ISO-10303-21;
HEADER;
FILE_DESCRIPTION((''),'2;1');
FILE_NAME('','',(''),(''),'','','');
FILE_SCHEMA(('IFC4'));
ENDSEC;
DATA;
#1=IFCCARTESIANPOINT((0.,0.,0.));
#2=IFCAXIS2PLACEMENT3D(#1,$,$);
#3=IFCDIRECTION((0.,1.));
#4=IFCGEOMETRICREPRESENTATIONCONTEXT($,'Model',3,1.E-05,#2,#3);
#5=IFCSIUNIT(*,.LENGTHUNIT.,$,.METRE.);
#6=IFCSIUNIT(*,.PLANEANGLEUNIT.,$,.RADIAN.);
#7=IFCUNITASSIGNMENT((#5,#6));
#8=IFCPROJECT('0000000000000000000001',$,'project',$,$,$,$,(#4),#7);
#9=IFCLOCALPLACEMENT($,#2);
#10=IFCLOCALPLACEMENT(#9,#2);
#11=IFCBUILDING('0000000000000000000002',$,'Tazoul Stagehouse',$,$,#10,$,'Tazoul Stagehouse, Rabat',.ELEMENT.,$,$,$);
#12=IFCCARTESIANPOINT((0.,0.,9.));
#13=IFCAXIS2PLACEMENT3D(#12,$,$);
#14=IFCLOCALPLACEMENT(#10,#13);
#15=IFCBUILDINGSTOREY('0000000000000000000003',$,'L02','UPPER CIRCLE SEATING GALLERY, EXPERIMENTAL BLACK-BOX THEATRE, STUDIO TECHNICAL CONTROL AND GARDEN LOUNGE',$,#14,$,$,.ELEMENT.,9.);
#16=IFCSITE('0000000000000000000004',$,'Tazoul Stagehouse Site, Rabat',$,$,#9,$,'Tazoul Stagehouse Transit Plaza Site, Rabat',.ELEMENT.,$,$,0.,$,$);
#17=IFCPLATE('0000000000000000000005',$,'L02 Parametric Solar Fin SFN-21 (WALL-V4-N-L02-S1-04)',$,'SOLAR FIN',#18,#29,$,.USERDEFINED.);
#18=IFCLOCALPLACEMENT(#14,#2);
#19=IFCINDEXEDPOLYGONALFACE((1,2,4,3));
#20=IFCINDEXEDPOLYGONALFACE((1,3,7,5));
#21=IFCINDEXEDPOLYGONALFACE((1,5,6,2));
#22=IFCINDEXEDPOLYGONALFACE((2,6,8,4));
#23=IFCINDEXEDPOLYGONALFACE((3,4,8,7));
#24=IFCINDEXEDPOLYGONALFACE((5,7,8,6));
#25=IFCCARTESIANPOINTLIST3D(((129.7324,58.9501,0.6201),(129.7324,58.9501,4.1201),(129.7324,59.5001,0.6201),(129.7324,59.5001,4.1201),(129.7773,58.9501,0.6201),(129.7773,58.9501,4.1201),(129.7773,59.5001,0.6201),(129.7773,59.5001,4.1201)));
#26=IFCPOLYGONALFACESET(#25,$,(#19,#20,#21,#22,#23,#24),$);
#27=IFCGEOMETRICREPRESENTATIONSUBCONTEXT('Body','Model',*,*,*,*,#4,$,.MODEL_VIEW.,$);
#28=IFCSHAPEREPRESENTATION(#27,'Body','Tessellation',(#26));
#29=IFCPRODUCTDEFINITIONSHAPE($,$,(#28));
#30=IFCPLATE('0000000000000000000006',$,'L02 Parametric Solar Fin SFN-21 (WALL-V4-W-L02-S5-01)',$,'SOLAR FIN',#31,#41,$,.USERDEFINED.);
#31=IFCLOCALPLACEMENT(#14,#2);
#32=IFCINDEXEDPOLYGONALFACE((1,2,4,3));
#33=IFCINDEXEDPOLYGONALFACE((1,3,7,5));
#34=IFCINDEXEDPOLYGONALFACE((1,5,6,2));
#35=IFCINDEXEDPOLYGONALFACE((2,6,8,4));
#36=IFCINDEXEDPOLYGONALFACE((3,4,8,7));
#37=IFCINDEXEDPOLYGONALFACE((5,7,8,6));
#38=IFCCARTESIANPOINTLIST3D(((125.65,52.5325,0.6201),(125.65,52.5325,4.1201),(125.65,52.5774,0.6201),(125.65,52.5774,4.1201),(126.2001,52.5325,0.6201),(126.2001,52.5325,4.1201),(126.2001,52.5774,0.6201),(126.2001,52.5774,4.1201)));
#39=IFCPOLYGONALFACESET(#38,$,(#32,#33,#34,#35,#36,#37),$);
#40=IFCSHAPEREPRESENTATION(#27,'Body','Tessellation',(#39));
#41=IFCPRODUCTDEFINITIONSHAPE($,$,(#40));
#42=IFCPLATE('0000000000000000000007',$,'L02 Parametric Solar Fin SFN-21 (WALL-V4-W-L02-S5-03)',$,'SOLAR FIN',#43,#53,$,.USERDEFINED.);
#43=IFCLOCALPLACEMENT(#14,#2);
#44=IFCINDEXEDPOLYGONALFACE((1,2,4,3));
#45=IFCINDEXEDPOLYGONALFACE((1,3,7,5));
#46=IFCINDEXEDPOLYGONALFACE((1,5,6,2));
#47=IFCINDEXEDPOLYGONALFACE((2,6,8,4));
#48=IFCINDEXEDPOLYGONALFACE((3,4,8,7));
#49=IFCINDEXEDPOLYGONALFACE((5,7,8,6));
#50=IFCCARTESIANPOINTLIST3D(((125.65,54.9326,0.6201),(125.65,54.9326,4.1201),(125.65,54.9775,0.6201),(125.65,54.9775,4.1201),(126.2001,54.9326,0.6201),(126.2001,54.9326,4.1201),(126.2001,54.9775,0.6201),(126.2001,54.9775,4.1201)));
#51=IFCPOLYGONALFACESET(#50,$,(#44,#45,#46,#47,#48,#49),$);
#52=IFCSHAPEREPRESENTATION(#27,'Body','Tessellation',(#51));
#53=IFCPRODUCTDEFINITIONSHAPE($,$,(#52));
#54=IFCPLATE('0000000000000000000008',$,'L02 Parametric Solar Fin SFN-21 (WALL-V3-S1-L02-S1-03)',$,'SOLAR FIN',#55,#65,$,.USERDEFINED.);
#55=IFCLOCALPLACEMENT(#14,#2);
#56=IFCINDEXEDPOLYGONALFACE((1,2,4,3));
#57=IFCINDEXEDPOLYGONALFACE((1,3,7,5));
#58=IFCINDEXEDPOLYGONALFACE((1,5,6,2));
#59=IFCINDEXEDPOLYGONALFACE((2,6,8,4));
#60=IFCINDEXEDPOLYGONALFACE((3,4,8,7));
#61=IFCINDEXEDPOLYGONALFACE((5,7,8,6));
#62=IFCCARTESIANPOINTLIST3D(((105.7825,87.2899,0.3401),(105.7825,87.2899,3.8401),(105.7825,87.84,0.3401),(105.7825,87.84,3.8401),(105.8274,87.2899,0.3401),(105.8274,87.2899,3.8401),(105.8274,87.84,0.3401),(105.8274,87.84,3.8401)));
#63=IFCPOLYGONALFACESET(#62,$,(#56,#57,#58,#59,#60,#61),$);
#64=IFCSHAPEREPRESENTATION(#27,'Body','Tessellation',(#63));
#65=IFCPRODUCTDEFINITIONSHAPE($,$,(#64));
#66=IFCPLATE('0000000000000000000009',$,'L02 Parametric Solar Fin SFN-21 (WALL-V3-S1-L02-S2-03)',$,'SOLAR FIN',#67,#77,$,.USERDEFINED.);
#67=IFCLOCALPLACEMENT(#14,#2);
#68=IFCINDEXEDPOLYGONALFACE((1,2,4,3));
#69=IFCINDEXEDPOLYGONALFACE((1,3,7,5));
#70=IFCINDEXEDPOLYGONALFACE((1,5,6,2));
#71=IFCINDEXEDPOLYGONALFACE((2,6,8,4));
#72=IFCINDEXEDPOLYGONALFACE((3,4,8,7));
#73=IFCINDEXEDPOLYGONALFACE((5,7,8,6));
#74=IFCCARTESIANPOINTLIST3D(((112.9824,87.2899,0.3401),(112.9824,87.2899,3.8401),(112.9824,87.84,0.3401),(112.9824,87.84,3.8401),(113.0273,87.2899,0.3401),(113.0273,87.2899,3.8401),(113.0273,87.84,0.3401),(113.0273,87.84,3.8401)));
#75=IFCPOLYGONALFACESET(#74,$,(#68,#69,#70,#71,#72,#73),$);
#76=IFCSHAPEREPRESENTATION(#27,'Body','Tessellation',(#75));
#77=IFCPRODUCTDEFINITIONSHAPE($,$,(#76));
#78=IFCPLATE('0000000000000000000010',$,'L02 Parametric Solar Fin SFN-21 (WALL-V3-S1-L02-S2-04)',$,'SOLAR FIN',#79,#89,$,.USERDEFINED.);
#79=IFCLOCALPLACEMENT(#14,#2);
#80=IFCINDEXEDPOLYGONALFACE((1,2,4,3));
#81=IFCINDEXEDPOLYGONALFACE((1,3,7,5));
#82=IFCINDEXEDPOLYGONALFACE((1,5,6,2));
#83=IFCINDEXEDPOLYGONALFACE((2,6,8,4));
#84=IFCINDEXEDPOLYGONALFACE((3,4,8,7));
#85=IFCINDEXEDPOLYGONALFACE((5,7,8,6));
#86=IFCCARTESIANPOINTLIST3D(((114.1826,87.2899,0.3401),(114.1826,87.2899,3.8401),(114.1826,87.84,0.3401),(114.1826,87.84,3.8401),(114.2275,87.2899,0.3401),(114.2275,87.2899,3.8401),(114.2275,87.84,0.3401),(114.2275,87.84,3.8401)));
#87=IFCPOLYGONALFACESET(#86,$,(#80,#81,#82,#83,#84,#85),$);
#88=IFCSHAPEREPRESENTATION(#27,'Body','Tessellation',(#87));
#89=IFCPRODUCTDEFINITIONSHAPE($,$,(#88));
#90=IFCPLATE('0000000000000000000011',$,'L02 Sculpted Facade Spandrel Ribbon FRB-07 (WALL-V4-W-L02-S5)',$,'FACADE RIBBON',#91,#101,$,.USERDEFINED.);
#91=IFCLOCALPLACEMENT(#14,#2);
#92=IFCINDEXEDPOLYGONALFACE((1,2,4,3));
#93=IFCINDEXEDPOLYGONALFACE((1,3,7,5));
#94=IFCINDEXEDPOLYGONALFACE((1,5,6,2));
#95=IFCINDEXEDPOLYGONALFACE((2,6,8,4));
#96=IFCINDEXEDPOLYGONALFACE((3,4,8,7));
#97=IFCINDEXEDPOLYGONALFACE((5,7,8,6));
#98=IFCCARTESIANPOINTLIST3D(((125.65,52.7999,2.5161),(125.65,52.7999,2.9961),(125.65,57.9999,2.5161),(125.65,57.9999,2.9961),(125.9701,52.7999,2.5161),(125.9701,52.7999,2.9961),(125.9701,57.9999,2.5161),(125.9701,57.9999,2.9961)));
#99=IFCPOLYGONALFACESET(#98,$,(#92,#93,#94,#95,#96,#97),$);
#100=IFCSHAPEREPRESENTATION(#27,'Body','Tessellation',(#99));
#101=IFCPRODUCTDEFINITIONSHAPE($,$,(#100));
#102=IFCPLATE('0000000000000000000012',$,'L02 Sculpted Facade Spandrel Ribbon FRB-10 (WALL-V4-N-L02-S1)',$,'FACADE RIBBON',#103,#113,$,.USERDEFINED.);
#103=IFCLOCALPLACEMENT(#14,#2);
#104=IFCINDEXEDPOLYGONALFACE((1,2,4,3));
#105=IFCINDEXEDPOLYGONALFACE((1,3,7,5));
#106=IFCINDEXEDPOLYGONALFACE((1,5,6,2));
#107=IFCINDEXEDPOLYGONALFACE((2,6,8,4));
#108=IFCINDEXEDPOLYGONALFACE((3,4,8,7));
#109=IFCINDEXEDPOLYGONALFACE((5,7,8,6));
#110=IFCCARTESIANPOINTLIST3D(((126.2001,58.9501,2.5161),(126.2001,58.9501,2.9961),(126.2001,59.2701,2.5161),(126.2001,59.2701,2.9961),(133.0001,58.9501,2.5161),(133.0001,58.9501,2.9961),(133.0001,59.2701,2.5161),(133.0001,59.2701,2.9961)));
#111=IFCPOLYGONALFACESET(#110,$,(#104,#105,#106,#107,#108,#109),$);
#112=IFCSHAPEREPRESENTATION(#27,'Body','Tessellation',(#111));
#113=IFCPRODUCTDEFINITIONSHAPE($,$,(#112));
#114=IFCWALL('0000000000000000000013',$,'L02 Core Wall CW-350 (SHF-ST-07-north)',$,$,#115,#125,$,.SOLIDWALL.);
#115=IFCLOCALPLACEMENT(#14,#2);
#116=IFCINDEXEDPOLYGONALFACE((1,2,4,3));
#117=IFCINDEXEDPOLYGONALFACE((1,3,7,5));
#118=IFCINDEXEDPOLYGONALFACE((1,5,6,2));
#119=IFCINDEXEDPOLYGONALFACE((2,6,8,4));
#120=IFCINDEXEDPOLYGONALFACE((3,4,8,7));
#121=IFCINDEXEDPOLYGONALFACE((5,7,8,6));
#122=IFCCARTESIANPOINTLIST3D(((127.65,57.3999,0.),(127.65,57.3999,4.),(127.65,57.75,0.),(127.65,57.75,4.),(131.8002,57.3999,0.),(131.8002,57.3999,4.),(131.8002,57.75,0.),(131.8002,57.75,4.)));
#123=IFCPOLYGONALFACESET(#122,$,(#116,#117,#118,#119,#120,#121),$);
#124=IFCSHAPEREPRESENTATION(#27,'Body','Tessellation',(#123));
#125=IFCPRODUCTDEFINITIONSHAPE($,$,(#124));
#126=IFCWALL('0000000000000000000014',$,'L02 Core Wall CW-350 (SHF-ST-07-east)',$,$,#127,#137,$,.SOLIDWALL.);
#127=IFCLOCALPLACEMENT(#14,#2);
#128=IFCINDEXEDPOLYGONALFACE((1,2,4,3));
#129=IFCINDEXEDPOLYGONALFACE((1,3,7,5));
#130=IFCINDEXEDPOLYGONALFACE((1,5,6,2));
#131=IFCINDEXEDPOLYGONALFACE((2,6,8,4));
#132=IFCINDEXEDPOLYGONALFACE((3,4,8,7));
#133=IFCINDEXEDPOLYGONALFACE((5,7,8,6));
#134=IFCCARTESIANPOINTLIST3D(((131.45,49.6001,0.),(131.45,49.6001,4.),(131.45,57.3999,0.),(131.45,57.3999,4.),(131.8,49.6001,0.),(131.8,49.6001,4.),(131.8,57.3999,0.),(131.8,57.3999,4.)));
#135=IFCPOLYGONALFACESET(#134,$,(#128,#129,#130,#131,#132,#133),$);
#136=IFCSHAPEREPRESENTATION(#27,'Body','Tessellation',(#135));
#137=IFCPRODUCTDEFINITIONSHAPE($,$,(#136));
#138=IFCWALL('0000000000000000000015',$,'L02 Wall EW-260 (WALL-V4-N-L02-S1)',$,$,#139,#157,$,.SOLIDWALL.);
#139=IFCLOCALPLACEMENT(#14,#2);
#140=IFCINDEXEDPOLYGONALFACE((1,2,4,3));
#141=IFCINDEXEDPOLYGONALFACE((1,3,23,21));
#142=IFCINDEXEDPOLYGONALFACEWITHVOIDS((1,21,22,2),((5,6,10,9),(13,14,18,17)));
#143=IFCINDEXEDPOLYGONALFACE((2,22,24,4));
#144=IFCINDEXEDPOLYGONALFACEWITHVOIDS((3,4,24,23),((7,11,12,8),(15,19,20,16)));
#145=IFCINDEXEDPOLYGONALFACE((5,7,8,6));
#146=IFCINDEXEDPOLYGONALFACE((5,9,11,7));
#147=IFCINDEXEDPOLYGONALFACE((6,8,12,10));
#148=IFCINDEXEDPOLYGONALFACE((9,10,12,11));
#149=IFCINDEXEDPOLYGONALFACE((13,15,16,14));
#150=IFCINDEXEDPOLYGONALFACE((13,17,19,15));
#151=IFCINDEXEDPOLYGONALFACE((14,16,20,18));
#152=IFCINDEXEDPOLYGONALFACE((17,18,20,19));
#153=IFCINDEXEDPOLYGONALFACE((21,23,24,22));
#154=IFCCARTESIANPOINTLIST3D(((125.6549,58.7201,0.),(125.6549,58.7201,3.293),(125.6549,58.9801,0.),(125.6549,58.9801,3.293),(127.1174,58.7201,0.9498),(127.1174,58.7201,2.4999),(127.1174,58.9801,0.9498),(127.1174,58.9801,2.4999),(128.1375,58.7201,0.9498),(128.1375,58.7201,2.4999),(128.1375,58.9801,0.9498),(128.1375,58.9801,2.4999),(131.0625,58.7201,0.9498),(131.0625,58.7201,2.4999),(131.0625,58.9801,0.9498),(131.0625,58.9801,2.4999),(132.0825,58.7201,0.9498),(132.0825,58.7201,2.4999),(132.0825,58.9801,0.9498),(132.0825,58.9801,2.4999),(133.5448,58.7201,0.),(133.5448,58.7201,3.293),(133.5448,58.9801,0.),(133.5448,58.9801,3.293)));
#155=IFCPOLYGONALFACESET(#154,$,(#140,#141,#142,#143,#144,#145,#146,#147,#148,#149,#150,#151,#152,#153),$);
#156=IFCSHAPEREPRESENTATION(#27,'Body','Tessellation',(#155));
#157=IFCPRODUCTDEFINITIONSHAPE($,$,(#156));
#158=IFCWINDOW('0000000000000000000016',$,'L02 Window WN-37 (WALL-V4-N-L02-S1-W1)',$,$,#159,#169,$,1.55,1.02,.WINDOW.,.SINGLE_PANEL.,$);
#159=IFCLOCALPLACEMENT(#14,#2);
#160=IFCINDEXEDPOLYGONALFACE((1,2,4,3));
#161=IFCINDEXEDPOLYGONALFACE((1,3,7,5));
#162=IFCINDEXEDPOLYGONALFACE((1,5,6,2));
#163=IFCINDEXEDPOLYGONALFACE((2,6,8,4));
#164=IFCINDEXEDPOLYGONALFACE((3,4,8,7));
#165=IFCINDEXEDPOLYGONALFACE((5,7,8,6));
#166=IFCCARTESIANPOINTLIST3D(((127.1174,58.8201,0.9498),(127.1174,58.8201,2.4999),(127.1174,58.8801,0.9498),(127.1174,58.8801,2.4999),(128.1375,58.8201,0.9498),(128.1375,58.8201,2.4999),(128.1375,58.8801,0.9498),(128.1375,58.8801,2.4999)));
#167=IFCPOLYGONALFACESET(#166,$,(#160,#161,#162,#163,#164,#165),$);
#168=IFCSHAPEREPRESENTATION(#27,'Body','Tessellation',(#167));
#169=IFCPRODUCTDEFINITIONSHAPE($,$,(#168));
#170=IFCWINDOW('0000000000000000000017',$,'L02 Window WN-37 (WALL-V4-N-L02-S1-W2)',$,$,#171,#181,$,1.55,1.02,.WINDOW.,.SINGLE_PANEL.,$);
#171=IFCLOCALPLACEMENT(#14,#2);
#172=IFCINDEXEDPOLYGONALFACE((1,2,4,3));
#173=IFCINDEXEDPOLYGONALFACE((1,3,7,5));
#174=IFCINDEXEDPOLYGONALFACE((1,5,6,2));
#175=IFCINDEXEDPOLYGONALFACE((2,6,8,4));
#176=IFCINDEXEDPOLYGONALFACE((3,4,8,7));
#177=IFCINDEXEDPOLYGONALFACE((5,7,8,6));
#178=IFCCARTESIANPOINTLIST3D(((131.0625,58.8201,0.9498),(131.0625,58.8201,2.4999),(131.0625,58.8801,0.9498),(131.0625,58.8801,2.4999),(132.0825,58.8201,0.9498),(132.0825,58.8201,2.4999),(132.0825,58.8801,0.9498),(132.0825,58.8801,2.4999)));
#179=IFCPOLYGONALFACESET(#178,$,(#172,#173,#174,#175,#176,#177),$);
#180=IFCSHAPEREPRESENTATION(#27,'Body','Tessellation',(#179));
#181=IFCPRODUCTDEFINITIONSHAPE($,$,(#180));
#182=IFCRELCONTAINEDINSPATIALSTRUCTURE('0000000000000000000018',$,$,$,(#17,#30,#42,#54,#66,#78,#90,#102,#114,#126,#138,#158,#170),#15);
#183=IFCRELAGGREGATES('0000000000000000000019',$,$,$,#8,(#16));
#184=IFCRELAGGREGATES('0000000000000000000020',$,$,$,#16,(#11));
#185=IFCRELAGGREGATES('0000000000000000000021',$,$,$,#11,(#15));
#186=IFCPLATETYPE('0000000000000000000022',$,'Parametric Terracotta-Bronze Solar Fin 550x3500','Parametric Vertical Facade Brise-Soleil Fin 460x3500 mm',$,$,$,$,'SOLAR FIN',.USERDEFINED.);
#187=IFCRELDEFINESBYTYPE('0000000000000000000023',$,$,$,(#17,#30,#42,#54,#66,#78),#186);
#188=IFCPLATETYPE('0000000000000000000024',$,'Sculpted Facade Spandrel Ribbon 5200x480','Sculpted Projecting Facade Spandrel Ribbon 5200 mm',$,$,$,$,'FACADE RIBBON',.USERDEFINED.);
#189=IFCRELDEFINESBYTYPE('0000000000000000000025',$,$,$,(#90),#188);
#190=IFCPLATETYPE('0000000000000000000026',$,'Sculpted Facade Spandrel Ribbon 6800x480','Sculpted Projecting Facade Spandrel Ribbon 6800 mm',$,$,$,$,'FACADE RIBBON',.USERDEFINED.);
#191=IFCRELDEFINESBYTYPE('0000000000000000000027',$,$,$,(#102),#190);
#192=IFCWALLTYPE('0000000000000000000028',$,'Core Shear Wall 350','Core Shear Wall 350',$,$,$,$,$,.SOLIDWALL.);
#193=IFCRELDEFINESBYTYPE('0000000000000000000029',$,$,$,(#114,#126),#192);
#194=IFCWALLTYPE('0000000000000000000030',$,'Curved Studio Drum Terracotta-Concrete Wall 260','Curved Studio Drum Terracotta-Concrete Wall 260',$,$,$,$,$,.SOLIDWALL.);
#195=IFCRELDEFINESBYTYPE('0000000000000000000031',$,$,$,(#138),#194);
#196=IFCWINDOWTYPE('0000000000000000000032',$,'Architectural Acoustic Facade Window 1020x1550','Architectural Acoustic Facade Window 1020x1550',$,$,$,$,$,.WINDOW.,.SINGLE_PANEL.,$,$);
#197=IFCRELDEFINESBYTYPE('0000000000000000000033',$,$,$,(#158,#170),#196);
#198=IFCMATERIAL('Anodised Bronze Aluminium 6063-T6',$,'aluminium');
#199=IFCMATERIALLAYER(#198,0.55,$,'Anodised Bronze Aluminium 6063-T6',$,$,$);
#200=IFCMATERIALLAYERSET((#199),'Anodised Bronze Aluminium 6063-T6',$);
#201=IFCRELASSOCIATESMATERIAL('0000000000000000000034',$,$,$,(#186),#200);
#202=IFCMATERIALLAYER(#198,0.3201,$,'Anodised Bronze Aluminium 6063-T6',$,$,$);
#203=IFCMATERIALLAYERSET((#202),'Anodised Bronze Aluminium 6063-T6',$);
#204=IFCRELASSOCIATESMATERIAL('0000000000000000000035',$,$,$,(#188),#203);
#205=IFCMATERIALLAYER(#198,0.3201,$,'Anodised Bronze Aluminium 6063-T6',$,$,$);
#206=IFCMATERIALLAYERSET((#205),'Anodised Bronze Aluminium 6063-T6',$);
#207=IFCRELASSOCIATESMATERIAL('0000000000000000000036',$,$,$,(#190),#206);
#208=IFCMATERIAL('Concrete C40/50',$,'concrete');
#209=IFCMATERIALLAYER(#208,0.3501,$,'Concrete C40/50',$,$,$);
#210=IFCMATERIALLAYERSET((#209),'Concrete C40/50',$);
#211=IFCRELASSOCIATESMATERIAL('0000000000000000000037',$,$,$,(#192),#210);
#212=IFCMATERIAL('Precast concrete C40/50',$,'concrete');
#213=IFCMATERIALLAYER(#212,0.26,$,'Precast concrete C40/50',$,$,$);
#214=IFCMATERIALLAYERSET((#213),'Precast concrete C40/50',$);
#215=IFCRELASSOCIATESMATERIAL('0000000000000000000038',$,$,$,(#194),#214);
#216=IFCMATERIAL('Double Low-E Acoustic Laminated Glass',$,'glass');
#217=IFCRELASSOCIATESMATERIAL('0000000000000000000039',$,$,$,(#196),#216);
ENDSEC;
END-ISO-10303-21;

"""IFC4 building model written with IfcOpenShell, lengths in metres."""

from ifc_helpers import new_model, si_unit, direction, frame, frame_2d, origin, origin_2d, place, context, subcontext, project, spatial, rectangle, extrude, material, layer, layer_set, type_object, element, fill, save


model = new_model("IFC4")

# Units and contexts
model_context = context("Model", 3, precision=1e-05, world=origin(), true_north=direction((0.0, 1.0)))
body_context = subcontext(model_context, "Body", "Model", "MODEL_VIEW")
ifc_project = project(units=[si_unit("LENGTHUNIT", "METRE"), si_unit("PLANEANGLEUNIT", "RADIAN")], contexts=[model_context])

# Site, building, storey
site_placement = place(None, origin())
site = spatial("IfcSite", under=ifc_project, at=site_placement, Name="Tazoul Stagehouse Site, Rabat", LongName="Tazoul Stagehouse Transit Plaza Site, Rabat", CompositionType="ELEMENT", RefElevation=0.0)
building_placement = place(site_placement, origin())
building = spatial("IfcBuilding", under=site, at=building_placement, Name="Tazoul Stagehouse", LongName="Tazoul Stagehouse, Rabat", CompositionType="ELEMENT")
storey_placement = place(building_placement, frame((0.0, 0.0, 9.0)))
storey = spatial("IfcBuildingStorey", under=building, at=storey_placement, Name="L02", Description="UPPER CIRCLE SEATING GALLERY, EXPERIMENTAL BLACK-BOX THEATRE, STUDIO TECHNICAL CONTROL AND GARDEN LOUNGE", CompositionType="ELEMENT", Elevation=9.0)

# Shared definitions
ifc_material_1 = material(Name="Concrete C40/50", Category="concrete")

# Plates
ifc_material_2 = material(Name="Anodised Bronze Aluminium 6063-T6", Category="aluminium")
ifc_layer_1 = layer(ifc_material_2, 0.55, Name="Anodised Bronze Aluminium 6063-T6")
ifc_layer_set_1 = layer_set([ifc_layer_1], Name="Anodised Bronze Aluminium 6063-T6")
plate_type_1 = type_object("IfcPlateType", Name="Parametric Terracotta-Bronze Solar Fin 550x3500", Description="Parametric Vertical Facade Brise-Soleil Fin 460x3500 mm", ElementType="SOLAR FIN", PredefinedType="USERDEFINED", material=ifc_layer_set_1)
for number, where, z_axis, x_axis, name in (
    (1, (129.7549, 59.2251, 0.6201), (0.0, 0.0, 1.0), (1.0, 0.0, 0.0), "L02 Parametric Solar Fin SFN-21 (WALL-V4-N-L02-S1-04)"),
    (2, (125.925, 52.5549, 0.6201), (0.0, 0.0, 1.0), (0.0, 1.0, 0.0), "L02 Parametric Solar Fin SFN-21 (WALL-V4-W-L02-S5-01)"),
    (3, (125.925, 54.9551, 0.6201), (0.0, 0.0, 1.0), (0.0, 1.0, 0.0), "L02 Parametric Solar Fin SFN-21 (WALL-V4-W-L02-S5-03)"),
    (4, (105.8049, 87.5649, 0.3401), (0.0, 0.0, 1.0), (1.0, 0.0, 0.0), "L02 Parametric Solar Fin SFN-21 (WALL-V3-S1-L02-S1-03)"),
    (5, (113.0049, 87.5649, 0.3401), (0.0, 0.0, 1.0), (1.0, 0.0, 0.0), "L02 Parametric Solar Fin SFN-21 (WALL-V3-S1-L02-S2-03)"),
    (6, (114.2051, 87.5649, 0.3401), (0.0, 0.0, 1.0), (1.0, 0.0, 0.0), "L02 Parametric Solar Fin SFN-21 (WALL-V3-S1-L02-S2-04)"),
):
    element("IfcPlate", number, at=place(storey_placement, frame(where, z_axis=z_axis, x_axis=x_axis)), inside=storey, type_object=plate_type_1, Name=name, ObjectType="SOLAR FIN", PredefinedType="USERDEFINED", context=body_context, shape_type="SweptSolid", body=[
        extrude(rectangle(XDim=0.0449, YDim=0.55, at=origin_2d()), origin(), (0.0, 0.0, 1.0), 3.5),
    ])
ifc_layer_2 = layer(ifc_material_2, 0.3201, Name="Anodised Bronze Aluminium 6063-T6")
ifc_layer_set_2 = layer_set([ifc_layer_2], Name="Anodised Bronze Aluminium 6063-T6")
plate_type_2 = type_object("IfcPlateType", Name="Sculpted Facade Spandrel Ribbon 5200x480", Description="Sculpted Projecting Facade Spandrel Ribbon 5200 mm", ElementType="FACADE RIBBON", PredefinedType="USERDEFINED", material=ifc_layer_set_2)
plate_1_placement = place(storey_placement, frame((125.8101, 55.3999, 2.5161), z_axis=(0.0, 0.0, 1.0), x_axis=(0.0, 1.0, 0.0)))
element("IfcPlate", 7, at=plate_1_placement, inside=storey, type_object=plate_type_2, Name="L02 Sculpted Facade Spandrel Ribbon FRB-07 (WALL-V4-W-L02-S5)", ObjectType="FACADE RIBBON", PredefinedType="USERDEFINED", context=body_context, shape_type="SweptSolid", body=[
    extrude(rectangle(XDim=5.2, YDim=0.3201, at=origin_2d()), origin(), (0.0, 0.0, 1.0), 0.48),
])
ifc_layer_3 = layer(ifc_material_2, 0.3201, Name="Anodised Bronze Aluminium 6063-T6")
ifc_layer_set_3 = layer_set([ifc_layer_3], Name="Anodised Bronze Aluminium 6063-T6")
plate_type_3 = type_object("IfcPlateType", Name="Sculpted Facade Spandrel Ribbon 6800x480", Description="Sculpted Projecting Facade Spandrel Ribbon 6800 mm", ElementType="FACADE RIBBON", PredefinedType="USERDEFINED", material=ifc_layer_set_3)
plate_2_placement = place(storey_placement, frame((129.6001, 59.1101, 2.5161), z_axis=(0.0, 0.0, 1.0), x_axis=(1.0, 0.0, 0.0)))
element("IfcPlate", 8, at=plate_2_placement, inside=storey, type_object=plate_type_3, Name="L02 Sculpted Facade Spandrel Ribbon FRB-10 (WALL-V4-N-L02-S1)", ObjectType="FACADE RIBBON", PredefinedType="USERDEFINED", context=body_context, shape_type="SweptSolid", body=[
    extrude(rectangle(XDim=6.8, YDim=0.3201, at=origin_2d()), origin(), (0.0, 0.0, 1.0), 0.48),
])

# Walls
ifc_layer_4 = layer(ifc_material_1, 0.3501, Name="Concrete C40/50")
ifc_layer_set_4 = layer_set([ifc_layer_4], Name="Concrete C40/50")
wall_type_1 = type_object("IfcWallType", Name="Core Shear Wall 350", Description="Core Shear Wall 350", PredefinedType="SOLIDWALL", material=ifc_layer_set_4)
wall_1_placement = place(storey_placement, frame((127.6499, 57.575, 0.0), z_axis=(0.0, 0.0, 1.0), x_axis=(1.0, 0.0, 0.0)))
element("IfcWall", 9, at=wall_1_placement, inside=storey, type_object=wall_type_1, Name="L02 Core Wall CW-350 (SHF-ST-07-north)", PredefinedType="SOLIDWALL", context=body_context, shape_type="SweptSolid", body=[
    extrude(rectangle(XDim=4.1501, YDim=0.3501, at=frame_2d((2.0752, 0.0))), origin(), (0.0, 0.0, 1.0), 4.0),
])
wall_2_placement = place(storey_placement, frame((131.625, 57.3999, 0.0), z_axis=(0.0, 0.0, 1.0), x_axis=(0.0, -1.0, 0.0)))
element("IfcWall", 10, at=wall_2_placement, inside=storey, type_object=wall_type_1, Name="L02 Core Wall CW-350 (SHF-ST-07-east)", PredefinedType="SOLIDWALL", context=body_context, shape_type="SweptSolid", body=[
    extrude(rectangle(XDim=7.7998, YDim=0.3501, at=frame_2d((3.8999, 0.0))), origin(), (0.0, 0.0, 1.0), 4.0),
])

# Wall, openings, windows
ifc_material_3 = material(Name="Precast concrete C40/50", Category="concrete")
ifc_layer_5 = layer(ifc_material_3, 0.26, Name="Precast concrete C40/50")
ifc_layer_set_5 = layer_set([ifc_layer_5], Name="Precast concrete C40/50")
wall_type_2 = type_object("IfcWallType", Name="Curved Studio Drum Terracotta-Concrete Wall 260", Description="Curved Studio Drum Terracotta-Concrete Wall 260", PredefinedType="SOLIDWALL", material=ifc_layer_set_5)
wall_3_placement = place(storey_placement, frame((125.655, 58.8501, 0.0), z_axis=(0.0, 0.0, 1.0), x_axis=(1.0, 0.0, 0.0)))
wall_3 = element("IfcWall", 11, at=wall_3_placement, inside=storey, type_object=wall_type_2, Name="L02 Wall EW-260 (WALL-V4-N-L02-S1)", PredefinedType="SOLIDWALL", context=body_context, shape_type="SweptSolid", body=[
    extrude(rectangle(XDim=7.8899, YDim=0.26, at=frame_2d((3.9448, 0.0))), origin(), (0.0, 0.0, 1.0), 3.293),
])
opening_1_placement = place(wall_3_placement, frame((1.4624, 0.0, 0.95)))
opening_1 = element("IfcOpeningElement", 12, at=opening_1_placement, cuts=wall_3, PredefinedType="OPENING", context=body_context, shape_type="SweptSolid", body=[
    extrude(rectangle(XDim=1.02, YDim=1.55, at=frame_2d((0.51, 0.7749))), frame((0.0, 0.1499, 0.0), z_axis=(0.0, -1.0, 0.0), x_axis=(1.0, 0.0, 0.0)), (0.0, 0.0, 1.0), 0.3),
])
opening_2_placement = place(wall_3_placement, frame((5.4075, 0.0, 0.95)))
opening_2 = element("IfcOpeningElement", 13, at=opening_2_placement, cuts=wall_3, PredefinedType="OPENING", context=body_context, shape_type="SweptSolid", body=[
    extrude(rectangle(XDim=1.02, YDim=1.55, at=frame_2d((0.51, 0.7749))), frame((0.0, 0.1499, 0.0), z_axis=(0.0, -1.0, 0.0), x_axis=(1.0, 0.0, 0.0)), (0.0, 0.0, 1.0), 0.3),
])
ifc_material_4 = material(Name="Double Low-E Acoustic Laminated Glass", Category="glass")
window_type_1 = type_object("IfcWindowType", Name="Architectural Acoustic Facade Window 1020x1550", Description="Architectural Acoustic Facade Window 1020x1550", PartitioningType="SINGLE_PANEL", PredefinedType="WINDOW", material=ifc_material_4)
window_1_placement = place(opening_1_placement, origin())
window_1 = element("IfcWindow", 14, at=window_1_placement, inside=storey, type_object=window_type_1, Name="L02 Window WN-37 (WALL-V4-N-L02-S1-W1)", OverallHeight=1.55, OverallWidth=1.02, PartitioningType="SINGLE_PANEL", PredefinedType="WINDOW", context=body_context, shape_type="SweptSolid", body=[
    extrude(rectangle(XDim=1.02, YDim=1.55, at=frame_2d((0.51, 0.7749))), frame((0.0, 0.03, 0.0), z_axis=(0.0, -1.0, 0.0), x_axis=(1.0, 0.0, 0.0)), (0.0, 0.0, 1.0), 0.0601),
])
fill(opening_1, window_1)
window_2_placement = place(opening_2_placement, origin())
window_2 = element("IfcWindow", 15, at=window_2_placement, inside=storey, type_object=window_type_1, Name="L02 Window WN-37 (WALL-V4-N-L02-S1-W2)", OverallHeight=1.55, OverallWidth=1.02, PartitioningType="SINGLE_PANEL", PredefinedType="WINDOW", context=body_context, shape_type="SweptSolid", body=[
    extrude(rectangle(XDim=1.02, YDim=1.55, at=frame_2d((0.51, 0.7749))), frame((0.0, 0.03, 0.0), z_axis=(0.0, -1.0, 0.0), x_axis=(1.0, 0.0, 0.0)), (0.0, 0.0, 1.0), 0.0601),
])
fill(opening_2, window_2)

save(model, "model.ifc")
